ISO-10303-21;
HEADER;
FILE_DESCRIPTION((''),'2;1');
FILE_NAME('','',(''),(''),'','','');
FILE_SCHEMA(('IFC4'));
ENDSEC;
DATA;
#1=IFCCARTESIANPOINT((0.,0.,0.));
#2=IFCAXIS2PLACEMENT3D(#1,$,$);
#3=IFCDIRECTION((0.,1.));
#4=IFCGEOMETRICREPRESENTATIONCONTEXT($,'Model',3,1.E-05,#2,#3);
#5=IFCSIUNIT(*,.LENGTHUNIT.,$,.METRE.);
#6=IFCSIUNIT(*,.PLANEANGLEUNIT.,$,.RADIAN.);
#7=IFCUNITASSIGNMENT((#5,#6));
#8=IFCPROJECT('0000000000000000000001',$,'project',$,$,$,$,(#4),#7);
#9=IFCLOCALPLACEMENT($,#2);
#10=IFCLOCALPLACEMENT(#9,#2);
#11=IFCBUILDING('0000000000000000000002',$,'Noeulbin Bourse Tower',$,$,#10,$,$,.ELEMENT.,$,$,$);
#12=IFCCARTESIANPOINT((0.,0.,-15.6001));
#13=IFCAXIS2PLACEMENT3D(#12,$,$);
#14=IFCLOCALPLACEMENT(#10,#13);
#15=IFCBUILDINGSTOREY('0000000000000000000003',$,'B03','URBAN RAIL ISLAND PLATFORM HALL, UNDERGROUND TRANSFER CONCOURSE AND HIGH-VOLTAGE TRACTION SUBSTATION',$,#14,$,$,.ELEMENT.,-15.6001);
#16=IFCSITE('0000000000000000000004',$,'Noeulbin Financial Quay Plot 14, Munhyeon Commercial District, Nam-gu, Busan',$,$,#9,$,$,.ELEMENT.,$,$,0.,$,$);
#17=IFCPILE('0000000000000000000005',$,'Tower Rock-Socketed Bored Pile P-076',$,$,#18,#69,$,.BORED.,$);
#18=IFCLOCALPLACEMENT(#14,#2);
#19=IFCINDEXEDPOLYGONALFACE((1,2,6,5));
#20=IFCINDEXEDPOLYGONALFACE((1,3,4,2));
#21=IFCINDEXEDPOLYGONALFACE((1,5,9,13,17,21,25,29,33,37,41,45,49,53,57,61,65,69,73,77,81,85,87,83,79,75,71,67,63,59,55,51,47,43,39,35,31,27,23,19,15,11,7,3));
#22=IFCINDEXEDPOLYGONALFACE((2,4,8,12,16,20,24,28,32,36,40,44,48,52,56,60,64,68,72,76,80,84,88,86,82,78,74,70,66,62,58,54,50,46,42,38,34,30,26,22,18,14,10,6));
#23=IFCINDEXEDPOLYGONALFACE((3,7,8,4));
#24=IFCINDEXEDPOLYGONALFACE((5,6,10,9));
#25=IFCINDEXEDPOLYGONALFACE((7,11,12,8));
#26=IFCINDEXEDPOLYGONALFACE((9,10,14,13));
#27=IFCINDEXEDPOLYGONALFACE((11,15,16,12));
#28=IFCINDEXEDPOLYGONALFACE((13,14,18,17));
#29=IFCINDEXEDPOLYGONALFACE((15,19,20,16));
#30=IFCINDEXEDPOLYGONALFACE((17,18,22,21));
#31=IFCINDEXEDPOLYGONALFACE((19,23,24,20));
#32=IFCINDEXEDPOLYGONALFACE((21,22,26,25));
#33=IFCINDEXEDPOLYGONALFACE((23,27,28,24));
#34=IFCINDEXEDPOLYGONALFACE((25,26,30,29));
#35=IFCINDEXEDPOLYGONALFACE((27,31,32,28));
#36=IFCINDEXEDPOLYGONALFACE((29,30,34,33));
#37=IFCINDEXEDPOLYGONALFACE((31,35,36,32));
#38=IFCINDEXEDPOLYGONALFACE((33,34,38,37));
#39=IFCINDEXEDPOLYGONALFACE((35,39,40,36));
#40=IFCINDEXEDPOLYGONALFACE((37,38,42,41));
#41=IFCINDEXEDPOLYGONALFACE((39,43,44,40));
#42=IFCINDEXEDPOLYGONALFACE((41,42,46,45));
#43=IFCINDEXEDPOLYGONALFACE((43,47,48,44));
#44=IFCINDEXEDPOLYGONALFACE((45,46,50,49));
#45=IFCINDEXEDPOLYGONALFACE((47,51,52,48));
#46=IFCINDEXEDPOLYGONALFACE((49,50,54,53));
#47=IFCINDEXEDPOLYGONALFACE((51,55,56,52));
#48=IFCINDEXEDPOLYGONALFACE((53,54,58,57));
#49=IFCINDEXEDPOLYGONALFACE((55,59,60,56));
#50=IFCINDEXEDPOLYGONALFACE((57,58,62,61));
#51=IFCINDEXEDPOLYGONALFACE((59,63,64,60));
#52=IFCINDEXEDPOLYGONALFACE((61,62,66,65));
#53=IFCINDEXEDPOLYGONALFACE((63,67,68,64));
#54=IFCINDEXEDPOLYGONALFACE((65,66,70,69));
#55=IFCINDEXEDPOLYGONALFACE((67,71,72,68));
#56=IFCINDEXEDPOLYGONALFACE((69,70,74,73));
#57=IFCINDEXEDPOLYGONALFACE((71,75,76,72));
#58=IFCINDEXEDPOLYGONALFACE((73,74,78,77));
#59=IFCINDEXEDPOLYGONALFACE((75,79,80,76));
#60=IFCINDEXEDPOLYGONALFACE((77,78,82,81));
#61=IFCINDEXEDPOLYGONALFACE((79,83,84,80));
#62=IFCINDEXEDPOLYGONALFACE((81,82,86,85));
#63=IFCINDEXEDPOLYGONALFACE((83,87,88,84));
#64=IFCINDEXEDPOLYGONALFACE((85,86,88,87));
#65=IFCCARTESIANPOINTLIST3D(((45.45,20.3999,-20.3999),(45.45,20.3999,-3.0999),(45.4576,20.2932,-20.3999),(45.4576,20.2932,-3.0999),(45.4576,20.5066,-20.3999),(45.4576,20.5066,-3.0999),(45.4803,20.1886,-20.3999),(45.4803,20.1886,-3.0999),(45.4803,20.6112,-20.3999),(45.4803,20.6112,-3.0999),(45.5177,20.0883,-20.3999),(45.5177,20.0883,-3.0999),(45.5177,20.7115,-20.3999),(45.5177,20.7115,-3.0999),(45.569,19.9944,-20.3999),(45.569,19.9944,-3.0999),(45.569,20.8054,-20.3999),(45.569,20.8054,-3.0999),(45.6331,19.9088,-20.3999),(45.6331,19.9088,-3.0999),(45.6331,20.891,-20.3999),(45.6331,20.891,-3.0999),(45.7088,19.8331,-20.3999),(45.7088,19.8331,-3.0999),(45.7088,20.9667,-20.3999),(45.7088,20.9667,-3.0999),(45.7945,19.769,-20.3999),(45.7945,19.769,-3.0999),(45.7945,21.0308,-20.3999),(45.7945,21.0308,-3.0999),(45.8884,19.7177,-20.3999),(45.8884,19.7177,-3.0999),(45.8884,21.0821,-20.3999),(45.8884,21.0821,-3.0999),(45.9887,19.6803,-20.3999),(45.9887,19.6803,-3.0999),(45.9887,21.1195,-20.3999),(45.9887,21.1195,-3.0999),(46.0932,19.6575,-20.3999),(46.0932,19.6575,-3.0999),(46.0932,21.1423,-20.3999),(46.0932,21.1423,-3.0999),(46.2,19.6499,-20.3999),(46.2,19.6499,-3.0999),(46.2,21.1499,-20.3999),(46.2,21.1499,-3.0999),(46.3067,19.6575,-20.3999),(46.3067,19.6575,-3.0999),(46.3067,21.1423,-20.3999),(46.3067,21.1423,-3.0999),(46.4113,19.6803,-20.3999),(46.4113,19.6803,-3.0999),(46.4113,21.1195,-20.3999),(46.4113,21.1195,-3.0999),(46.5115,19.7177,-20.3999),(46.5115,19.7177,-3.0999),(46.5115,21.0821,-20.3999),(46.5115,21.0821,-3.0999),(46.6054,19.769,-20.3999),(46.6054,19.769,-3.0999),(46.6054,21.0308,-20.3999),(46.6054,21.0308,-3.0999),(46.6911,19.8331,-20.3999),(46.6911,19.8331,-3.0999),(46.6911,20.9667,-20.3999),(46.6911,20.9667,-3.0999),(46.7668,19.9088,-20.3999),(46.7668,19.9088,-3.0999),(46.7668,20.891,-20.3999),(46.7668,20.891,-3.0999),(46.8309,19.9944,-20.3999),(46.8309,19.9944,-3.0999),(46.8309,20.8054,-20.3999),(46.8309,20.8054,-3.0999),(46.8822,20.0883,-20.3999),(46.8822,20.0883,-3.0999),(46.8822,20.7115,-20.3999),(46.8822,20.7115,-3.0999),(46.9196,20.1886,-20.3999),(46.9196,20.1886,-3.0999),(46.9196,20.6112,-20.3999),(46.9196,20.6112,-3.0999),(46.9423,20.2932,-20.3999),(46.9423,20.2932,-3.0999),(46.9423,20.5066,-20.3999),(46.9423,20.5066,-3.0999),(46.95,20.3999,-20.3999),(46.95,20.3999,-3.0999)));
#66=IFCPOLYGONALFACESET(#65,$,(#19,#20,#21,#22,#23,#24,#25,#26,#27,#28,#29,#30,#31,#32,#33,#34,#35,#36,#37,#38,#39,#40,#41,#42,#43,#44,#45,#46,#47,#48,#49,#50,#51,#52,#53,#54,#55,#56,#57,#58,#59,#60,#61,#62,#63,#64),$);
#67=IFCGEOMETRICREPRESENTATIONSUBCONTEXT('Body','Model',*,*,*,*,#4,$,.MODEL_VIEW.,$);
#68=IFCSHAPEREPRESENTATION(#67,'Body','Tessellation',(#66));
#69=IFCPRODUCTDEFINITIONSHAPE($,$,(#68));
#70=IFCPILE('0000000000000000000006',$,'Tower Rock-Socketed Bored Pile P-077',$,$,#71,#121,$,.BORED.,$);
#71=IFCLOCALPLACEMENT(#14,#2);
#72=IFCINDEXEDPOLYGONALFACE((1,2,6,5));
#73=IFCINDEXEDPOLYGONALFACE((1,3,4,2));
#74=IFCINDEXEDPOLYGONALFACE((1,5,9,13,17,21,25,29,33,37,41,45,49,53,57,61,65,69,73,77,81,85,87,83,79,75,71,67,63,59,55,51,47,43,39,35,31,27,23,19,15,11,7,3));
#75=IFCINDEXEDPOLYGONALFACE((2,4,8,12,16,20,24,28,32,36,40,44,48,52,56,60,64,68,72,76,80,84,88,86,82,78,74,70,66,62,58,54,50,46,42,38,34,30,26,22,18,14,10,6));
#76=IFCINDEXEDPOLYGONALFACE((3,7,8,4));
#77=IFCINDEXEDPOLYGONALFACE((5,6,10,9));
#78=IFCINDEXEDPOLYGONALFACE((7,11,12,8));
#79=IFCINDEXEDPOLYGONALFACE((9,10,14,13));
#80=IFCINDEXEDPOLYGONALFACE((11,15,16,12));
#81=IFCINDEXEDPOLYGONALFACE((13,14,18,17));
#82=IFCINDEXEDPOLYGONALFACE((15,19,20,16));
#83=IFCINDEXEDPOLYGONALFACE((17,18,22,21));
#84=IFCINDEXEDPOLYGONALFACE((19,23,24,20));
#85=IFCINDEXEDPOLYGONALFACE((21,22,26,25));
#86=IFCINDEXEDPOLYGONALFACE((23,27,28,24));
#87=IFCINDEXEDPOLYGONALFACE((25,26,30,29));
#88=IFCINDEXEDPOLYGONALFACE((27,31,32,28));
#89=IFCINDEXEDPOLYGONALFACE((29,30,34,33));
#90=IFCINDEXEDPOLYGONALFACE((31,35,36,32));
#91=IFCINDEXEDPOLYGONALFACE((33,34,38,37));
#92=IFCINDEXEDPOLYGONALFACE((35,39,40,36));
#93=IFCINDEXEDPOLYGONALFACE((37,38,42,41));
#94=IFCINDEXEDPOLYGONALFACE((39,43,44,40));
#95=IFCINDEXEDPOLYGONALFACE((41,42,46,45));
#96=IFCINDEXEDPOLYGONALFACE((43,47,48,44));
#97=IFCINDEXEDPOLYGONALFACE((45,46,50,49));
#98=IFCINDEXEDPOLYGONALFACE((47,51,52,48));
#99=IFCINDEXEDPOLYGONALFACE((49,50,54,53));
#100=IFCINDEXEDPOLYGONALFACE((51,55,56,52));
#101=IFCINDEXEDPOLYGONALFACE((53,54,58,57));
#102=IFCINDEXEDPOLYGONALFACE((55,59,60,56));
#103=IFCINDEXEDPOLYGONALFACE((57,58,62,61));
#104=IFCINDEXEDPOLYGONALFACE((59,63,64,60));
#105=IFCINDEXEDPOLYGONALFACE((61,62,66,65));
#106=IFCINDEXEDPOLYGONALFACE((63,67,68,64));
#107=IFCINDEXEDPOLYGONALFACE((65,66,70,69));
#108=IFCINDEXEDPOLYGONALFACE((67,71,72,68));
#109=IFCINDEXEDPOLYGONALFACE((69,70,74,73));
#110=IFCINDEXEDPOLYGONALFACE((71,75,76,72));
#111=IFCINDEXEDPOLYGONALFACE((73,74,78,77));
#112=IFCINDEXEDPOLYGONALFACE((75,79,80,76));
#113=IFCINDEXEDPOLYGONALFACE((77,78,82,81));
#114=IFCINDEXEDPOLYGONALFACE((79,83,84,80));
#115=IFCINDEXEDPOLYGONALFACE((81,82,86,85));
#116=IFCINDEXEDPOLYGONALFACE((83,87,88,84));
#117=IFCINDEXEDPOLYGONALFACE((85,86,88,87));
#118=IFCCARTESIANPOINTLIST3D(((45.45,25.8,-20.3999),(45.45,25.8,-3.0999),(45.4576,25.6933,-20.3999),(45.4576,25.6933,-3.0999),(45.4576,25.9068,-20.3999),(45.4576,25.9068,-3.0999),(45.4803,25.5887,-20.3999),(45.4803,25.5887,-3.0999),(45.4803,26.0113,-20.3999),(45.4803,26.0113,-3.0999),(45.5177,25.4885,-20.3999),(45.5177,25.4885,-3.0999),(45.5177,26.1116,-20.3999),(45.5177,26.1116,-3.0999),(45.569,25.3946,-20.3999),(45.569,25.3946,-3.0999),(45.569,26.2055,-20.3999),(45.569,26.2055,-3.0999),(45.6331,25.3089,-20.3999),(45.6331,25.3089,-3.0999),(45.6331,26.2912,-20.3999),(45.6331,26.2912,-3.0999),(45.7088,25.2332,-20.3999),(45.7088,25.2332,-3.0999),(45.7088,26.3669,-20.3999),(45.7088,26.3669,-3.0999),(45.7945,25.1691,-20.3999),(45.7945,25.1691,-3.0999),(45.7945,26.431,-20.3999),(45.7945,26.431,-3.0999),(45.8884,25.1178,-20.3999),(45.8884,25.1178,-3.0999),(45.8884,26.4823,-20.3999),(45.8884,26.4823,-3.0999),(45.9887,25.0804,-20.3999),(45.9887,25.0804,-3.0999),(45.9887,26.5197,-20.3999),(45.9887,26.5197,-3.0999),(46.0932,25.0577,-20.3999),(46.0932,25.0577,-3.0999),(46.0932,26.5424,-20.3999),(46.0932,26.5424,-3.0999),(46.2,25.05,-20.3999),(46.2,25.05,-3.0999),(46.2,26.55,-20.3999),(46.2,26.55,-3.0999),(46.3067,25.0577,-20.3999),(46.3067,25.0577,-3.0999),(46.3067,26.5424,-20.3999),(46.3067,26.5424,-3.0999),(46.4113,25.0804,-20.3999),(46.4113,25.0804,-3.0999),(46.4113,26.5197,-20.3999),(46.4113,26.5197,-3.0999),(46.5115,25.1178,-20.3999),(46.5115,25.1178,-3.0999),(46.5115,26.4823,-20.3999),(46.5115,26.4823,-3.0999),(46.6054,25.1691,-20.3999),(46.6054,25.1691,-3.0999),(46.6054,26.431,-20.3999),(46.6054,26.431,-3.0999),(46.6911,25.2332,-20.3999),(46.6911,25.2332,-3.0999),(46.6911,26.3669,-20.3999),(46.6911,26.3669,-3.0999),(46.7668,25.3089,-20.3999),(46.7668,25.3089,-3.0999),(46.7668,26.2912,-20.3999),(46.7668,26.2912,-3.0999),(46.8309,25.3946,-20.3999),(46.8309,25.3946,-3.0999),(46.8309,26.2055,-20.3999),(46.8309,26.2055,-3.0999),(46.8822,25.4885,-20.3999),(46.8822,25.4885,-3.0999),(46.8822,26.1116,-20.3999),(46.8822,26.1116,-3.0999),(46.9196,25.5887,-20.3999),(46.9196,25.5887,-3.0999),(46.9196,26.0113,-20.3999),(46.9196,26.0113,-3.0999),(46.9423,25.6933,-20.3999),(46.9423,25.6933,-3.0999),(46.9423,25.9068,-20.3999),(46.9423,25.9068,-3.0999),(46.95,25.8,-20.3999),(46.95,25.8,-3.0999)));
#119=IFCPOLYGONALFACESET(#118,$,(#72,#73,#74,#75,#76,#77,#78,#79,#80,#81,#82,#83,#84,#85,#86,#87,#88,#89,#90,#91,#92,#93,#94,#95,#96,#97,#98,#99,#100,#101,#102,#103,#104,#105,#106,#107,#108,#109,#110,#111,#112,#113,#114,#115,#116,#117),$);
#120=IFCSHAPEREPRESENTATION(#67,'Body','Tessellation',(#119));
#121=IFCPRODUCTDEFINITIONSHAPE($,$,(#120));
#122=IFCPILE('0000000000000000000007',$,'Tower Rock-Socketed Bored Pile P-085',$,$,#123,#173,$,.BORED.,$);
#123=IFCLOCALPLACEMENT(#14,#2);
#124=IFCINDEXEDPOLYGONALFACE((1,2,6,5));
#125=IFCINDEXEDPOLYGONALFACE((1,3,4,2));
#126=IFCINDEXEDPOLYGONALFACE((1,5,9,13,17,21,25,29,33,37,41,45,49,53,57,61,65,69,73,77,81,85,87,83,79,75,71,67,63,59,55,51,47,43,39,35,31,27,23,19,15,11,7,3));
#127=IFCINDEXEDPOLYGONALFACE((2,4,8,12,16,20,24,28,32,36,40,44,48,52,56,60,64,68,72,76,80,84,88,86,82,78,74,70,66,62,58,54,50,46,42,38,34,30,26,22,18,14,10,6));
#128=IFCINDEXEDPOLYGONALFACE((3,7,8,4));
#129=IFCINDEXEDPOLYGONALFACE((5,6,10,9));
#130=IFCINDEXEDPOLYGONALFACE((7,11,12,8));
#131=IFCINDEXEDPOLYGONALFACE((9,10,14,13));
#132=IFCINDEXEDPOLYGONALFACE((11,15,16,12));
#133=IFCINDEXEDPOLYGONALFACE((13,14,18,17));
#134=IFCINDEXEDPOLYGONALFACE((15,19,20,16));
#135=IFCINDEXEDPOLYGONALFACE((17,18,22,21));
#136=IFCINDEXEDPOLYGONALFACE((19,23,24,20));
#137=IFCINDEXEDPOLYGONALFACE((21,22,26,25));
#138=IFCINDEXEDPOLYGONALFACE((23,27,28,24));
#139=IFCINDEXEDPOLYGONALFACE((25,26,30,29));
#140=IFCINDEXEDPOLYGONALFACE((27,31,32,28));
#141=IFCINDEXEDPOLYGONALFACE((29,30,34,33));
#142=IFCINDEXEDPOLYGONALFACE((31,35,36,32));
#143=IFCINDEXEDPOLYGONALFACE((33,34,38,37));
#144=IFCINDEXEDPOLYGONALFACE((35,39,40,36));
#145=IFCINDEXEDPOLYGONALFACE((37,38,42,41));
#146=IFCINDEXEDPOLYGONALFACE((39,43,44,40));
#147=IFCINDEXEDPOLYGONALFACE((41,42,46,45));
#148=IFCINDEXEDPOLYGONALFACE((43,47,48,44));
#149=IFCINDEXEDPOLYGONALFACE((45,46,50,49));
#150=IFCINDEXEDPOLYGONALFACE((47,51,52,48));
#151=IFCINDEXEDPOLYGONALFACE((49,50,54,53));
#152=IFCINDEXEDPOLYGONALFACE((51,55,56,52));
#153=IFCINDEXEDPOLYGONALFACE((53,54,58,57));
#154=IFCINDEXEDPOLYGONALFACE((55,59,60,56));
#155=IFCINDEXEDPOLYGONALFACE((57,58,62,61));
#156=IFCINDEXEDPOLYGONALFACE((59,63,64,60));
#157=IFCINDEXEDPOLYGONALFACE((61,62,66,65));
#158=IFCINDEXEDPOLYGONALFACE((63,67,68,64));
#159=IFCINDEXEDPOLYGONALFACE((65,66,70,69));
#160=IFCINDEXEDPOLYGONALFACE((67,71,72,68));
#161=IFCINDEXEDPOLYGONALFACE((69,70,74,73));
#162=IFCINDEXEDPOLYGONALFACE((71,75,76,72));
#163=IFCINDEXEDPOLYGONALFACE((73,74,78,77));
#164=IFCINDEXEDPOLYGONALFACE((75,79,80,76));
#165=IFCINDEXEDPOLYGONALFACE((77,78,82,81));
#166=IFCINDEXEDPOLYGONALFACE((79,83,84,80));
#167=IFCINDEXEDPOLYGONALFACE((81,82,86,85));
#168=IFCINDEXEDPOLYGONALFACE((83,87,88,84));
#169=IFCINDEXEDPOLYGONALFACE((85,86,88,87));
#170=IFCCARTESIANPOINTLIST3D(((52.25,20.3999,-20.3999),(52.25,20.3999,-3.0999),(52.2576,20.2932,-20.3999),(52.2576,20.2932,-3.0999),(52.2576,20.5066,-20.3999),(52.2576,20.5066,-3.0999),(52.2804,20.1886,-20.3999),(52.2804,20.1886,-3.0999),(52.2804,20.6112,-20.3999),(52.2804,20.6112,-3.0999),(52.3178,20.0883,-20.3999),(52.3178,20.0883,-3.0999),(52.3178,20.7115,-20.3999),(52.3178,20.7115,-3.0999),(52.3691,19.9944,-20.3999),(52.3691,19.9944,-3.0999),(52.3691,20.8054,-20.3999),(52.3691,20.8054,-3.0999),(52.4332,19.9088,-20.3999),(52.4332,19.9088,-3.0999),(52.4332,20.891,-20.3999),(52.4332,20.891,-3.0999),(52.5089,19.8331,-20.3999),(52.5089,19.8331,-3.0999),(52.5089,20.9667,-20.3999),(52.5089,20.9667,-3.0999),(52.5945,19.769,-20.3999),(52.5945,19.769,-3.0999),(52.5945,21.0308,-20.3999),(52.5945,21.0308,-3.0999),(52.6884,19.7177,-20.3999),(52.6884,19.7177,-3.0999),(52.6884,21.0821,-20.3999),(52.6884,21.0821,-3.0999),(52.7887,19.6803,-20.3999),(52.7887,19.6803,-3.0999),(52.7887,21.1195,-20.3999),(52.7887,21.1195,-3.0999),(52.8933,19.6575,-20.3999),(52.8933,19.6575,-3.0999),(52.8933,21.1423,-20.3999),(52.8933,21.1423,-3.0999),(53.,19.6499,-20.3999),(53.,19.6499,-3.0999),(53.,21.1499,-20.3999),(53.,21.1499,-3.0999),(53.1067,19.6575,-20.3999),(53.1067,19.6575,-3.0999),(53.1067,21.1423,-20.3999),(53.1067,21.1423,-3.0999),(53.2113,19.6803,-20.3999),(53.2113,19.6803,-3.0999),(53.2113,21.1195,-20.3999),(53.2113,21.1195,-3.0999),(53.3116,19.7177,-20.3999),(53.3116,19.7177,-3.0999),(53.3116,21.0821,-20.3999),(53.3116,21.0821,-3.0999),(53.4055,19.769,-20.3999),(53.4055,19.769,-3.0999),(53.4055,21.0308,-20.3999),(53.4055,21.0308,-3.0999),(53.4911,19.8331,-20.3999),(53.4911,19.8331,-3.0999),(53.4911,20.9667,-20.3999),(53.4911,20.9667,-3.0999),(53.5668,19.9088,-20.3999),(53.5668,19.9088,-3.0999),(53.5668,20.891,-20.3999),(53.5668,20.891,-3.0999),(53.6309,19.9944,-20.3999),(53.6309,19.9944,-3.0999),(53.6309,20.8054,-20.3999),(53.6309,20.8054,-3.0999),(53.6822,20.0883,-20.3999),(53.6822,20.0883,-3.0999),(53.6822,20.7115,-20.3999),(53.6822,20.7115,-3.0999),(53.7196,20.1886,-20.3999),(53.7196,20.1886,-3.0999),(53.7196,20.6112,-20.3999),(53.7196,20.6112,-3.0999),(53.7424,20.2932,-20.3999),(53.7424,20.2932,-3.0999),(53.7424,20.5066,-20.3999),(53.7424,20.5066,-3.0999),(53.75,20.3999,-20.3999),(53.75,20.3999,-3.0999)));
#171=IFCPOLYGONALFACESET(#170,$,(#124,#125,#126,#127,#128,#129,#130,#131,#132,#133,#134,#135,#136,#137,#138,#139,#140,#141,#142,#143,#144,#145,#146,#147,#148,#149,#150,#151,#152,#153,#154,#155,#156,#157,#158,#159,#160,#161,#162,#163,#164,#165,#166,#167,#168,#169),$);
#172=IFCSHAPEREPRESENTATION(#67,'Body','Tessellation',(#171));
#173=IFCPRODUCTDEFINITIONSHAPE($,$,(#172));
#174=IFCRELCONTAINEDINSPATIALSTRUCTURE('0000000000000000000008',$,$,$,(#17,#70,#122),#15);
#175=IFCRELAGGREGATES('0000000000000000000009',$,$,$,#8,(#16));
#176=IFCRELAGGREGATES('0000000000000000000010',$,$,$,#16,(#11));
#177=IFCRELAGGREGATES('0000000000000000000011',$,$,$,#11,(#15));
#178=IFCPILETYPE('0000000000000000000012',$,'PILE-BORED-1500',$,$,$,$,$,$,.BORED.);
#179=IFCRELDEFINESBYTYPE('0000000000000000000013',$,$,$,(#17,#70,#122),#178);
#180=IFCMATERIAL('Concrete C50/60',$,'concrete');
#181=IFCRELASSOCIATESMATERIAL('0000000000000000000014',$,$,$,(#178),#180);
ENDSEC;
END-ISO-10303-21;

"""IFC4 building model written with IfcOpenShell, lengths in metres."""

from ifc_helpers import new_model, si_unit, direction, frame, origin, origin_2d, place, context, subcontext, project, spatial, circle, extrude, material, material_profile, profile_set, type_object, element, save


model = new_model("IFC4")

# Units and contexts
model_context = context("Model", 3, precision=1e-05, world=origin(), true_north=direction((0.0, 1.0)))
body_context = subcontext(model_context, "Body", "Model", "MODEL_VIEW")
ifc_project = project(units=[si_unit("LENGTHUNIT", "METRE"), si_unit("PLANEANGLEUNIT", "RADIAN")], contexts=[model_context])

# Site, building, storey
site_placement = place(None, origin())
site = spatial("IfcSite", under=ifc_project, at=site_placement, Name="Noeulbin Financial Quay Plot 14, Munhyeon Commercial District, Nam-gu, Busan", CompositionType="ELEMENT", RefElevation=0.0)
building_placement = place(site_placement, origin())
building = spatial("IfcBuilding", under=site, at=building_placement, Name="Noeulbin Bourse Tower", CompositionType="ELEMENT")
storey_placement = place(building_placement, frame((0.0, 0.0, -15.6001)))
storey = spatial("IfcBuildingStorey", under=building, at=storey_placement, Name="B03", Description="URBAN RAIL ISLAND PLATFORM HALL, UNDERGROUND TRANSFER CONCOURSE AND HIGH-VOLTAGE TRACTION SUBSTATION", CompositionType="ELEMENT", Elevation=-15.6001)

# Piles
ifc_material_1 = material(Name="Concrete C50/60", Category="concrete")
ifc_material_profile_1 = material_profile(ifc_material_1, circle(Radius=0.75, at=origin_2d()), Name="PILE-D1500", Category="LoadBearing")
ifc_profile_set_1 = profile_set([ifc_material_profile_1], Name="Concrete C50/60")
pile_type_1 = type_object("IfcPileType", Name="PILE-BORED-1500", PredefinedType="BORED", material=ifc_profile_set_1)
for number, where, z_axis, x_axis, name in (
    (1, (46.2, 20.3999, -3.0999), (0.0, 0.0, -1.0), (1.0, 0.0, 0.0), "Tower Rock-Socketed Bored Pile P-076"),
    (2, (46.2, 25.8, -3.0999), (0.0, 0.0, -1.0), (1.0, 0.0, 0.0), "Tower Rock-Socketed Bored Pile P-077"),
    (3, (53.0, 20.3999, -3.0999), (0.0, 0.0, -1.0), (1.0, 0.0, 0.0), "Tower Rock-Socketed Bored Pile P-085"),
):
    element("IfcPile", number, at=place(storey_placement, frame(where, z_axis=z_axis, x_axis=x_axis)), inside=storey, type_object=pile_type_1, Name=name, PredefinedType="BORED", context=body_context, shape_type="SweptSolid", body=[
        extrude(circle(Radius=0.75, at=origin_2d()), origin(), (0.0, 0.0, 1.0), 17.3),
    ])

save(model, "model.ifc")
